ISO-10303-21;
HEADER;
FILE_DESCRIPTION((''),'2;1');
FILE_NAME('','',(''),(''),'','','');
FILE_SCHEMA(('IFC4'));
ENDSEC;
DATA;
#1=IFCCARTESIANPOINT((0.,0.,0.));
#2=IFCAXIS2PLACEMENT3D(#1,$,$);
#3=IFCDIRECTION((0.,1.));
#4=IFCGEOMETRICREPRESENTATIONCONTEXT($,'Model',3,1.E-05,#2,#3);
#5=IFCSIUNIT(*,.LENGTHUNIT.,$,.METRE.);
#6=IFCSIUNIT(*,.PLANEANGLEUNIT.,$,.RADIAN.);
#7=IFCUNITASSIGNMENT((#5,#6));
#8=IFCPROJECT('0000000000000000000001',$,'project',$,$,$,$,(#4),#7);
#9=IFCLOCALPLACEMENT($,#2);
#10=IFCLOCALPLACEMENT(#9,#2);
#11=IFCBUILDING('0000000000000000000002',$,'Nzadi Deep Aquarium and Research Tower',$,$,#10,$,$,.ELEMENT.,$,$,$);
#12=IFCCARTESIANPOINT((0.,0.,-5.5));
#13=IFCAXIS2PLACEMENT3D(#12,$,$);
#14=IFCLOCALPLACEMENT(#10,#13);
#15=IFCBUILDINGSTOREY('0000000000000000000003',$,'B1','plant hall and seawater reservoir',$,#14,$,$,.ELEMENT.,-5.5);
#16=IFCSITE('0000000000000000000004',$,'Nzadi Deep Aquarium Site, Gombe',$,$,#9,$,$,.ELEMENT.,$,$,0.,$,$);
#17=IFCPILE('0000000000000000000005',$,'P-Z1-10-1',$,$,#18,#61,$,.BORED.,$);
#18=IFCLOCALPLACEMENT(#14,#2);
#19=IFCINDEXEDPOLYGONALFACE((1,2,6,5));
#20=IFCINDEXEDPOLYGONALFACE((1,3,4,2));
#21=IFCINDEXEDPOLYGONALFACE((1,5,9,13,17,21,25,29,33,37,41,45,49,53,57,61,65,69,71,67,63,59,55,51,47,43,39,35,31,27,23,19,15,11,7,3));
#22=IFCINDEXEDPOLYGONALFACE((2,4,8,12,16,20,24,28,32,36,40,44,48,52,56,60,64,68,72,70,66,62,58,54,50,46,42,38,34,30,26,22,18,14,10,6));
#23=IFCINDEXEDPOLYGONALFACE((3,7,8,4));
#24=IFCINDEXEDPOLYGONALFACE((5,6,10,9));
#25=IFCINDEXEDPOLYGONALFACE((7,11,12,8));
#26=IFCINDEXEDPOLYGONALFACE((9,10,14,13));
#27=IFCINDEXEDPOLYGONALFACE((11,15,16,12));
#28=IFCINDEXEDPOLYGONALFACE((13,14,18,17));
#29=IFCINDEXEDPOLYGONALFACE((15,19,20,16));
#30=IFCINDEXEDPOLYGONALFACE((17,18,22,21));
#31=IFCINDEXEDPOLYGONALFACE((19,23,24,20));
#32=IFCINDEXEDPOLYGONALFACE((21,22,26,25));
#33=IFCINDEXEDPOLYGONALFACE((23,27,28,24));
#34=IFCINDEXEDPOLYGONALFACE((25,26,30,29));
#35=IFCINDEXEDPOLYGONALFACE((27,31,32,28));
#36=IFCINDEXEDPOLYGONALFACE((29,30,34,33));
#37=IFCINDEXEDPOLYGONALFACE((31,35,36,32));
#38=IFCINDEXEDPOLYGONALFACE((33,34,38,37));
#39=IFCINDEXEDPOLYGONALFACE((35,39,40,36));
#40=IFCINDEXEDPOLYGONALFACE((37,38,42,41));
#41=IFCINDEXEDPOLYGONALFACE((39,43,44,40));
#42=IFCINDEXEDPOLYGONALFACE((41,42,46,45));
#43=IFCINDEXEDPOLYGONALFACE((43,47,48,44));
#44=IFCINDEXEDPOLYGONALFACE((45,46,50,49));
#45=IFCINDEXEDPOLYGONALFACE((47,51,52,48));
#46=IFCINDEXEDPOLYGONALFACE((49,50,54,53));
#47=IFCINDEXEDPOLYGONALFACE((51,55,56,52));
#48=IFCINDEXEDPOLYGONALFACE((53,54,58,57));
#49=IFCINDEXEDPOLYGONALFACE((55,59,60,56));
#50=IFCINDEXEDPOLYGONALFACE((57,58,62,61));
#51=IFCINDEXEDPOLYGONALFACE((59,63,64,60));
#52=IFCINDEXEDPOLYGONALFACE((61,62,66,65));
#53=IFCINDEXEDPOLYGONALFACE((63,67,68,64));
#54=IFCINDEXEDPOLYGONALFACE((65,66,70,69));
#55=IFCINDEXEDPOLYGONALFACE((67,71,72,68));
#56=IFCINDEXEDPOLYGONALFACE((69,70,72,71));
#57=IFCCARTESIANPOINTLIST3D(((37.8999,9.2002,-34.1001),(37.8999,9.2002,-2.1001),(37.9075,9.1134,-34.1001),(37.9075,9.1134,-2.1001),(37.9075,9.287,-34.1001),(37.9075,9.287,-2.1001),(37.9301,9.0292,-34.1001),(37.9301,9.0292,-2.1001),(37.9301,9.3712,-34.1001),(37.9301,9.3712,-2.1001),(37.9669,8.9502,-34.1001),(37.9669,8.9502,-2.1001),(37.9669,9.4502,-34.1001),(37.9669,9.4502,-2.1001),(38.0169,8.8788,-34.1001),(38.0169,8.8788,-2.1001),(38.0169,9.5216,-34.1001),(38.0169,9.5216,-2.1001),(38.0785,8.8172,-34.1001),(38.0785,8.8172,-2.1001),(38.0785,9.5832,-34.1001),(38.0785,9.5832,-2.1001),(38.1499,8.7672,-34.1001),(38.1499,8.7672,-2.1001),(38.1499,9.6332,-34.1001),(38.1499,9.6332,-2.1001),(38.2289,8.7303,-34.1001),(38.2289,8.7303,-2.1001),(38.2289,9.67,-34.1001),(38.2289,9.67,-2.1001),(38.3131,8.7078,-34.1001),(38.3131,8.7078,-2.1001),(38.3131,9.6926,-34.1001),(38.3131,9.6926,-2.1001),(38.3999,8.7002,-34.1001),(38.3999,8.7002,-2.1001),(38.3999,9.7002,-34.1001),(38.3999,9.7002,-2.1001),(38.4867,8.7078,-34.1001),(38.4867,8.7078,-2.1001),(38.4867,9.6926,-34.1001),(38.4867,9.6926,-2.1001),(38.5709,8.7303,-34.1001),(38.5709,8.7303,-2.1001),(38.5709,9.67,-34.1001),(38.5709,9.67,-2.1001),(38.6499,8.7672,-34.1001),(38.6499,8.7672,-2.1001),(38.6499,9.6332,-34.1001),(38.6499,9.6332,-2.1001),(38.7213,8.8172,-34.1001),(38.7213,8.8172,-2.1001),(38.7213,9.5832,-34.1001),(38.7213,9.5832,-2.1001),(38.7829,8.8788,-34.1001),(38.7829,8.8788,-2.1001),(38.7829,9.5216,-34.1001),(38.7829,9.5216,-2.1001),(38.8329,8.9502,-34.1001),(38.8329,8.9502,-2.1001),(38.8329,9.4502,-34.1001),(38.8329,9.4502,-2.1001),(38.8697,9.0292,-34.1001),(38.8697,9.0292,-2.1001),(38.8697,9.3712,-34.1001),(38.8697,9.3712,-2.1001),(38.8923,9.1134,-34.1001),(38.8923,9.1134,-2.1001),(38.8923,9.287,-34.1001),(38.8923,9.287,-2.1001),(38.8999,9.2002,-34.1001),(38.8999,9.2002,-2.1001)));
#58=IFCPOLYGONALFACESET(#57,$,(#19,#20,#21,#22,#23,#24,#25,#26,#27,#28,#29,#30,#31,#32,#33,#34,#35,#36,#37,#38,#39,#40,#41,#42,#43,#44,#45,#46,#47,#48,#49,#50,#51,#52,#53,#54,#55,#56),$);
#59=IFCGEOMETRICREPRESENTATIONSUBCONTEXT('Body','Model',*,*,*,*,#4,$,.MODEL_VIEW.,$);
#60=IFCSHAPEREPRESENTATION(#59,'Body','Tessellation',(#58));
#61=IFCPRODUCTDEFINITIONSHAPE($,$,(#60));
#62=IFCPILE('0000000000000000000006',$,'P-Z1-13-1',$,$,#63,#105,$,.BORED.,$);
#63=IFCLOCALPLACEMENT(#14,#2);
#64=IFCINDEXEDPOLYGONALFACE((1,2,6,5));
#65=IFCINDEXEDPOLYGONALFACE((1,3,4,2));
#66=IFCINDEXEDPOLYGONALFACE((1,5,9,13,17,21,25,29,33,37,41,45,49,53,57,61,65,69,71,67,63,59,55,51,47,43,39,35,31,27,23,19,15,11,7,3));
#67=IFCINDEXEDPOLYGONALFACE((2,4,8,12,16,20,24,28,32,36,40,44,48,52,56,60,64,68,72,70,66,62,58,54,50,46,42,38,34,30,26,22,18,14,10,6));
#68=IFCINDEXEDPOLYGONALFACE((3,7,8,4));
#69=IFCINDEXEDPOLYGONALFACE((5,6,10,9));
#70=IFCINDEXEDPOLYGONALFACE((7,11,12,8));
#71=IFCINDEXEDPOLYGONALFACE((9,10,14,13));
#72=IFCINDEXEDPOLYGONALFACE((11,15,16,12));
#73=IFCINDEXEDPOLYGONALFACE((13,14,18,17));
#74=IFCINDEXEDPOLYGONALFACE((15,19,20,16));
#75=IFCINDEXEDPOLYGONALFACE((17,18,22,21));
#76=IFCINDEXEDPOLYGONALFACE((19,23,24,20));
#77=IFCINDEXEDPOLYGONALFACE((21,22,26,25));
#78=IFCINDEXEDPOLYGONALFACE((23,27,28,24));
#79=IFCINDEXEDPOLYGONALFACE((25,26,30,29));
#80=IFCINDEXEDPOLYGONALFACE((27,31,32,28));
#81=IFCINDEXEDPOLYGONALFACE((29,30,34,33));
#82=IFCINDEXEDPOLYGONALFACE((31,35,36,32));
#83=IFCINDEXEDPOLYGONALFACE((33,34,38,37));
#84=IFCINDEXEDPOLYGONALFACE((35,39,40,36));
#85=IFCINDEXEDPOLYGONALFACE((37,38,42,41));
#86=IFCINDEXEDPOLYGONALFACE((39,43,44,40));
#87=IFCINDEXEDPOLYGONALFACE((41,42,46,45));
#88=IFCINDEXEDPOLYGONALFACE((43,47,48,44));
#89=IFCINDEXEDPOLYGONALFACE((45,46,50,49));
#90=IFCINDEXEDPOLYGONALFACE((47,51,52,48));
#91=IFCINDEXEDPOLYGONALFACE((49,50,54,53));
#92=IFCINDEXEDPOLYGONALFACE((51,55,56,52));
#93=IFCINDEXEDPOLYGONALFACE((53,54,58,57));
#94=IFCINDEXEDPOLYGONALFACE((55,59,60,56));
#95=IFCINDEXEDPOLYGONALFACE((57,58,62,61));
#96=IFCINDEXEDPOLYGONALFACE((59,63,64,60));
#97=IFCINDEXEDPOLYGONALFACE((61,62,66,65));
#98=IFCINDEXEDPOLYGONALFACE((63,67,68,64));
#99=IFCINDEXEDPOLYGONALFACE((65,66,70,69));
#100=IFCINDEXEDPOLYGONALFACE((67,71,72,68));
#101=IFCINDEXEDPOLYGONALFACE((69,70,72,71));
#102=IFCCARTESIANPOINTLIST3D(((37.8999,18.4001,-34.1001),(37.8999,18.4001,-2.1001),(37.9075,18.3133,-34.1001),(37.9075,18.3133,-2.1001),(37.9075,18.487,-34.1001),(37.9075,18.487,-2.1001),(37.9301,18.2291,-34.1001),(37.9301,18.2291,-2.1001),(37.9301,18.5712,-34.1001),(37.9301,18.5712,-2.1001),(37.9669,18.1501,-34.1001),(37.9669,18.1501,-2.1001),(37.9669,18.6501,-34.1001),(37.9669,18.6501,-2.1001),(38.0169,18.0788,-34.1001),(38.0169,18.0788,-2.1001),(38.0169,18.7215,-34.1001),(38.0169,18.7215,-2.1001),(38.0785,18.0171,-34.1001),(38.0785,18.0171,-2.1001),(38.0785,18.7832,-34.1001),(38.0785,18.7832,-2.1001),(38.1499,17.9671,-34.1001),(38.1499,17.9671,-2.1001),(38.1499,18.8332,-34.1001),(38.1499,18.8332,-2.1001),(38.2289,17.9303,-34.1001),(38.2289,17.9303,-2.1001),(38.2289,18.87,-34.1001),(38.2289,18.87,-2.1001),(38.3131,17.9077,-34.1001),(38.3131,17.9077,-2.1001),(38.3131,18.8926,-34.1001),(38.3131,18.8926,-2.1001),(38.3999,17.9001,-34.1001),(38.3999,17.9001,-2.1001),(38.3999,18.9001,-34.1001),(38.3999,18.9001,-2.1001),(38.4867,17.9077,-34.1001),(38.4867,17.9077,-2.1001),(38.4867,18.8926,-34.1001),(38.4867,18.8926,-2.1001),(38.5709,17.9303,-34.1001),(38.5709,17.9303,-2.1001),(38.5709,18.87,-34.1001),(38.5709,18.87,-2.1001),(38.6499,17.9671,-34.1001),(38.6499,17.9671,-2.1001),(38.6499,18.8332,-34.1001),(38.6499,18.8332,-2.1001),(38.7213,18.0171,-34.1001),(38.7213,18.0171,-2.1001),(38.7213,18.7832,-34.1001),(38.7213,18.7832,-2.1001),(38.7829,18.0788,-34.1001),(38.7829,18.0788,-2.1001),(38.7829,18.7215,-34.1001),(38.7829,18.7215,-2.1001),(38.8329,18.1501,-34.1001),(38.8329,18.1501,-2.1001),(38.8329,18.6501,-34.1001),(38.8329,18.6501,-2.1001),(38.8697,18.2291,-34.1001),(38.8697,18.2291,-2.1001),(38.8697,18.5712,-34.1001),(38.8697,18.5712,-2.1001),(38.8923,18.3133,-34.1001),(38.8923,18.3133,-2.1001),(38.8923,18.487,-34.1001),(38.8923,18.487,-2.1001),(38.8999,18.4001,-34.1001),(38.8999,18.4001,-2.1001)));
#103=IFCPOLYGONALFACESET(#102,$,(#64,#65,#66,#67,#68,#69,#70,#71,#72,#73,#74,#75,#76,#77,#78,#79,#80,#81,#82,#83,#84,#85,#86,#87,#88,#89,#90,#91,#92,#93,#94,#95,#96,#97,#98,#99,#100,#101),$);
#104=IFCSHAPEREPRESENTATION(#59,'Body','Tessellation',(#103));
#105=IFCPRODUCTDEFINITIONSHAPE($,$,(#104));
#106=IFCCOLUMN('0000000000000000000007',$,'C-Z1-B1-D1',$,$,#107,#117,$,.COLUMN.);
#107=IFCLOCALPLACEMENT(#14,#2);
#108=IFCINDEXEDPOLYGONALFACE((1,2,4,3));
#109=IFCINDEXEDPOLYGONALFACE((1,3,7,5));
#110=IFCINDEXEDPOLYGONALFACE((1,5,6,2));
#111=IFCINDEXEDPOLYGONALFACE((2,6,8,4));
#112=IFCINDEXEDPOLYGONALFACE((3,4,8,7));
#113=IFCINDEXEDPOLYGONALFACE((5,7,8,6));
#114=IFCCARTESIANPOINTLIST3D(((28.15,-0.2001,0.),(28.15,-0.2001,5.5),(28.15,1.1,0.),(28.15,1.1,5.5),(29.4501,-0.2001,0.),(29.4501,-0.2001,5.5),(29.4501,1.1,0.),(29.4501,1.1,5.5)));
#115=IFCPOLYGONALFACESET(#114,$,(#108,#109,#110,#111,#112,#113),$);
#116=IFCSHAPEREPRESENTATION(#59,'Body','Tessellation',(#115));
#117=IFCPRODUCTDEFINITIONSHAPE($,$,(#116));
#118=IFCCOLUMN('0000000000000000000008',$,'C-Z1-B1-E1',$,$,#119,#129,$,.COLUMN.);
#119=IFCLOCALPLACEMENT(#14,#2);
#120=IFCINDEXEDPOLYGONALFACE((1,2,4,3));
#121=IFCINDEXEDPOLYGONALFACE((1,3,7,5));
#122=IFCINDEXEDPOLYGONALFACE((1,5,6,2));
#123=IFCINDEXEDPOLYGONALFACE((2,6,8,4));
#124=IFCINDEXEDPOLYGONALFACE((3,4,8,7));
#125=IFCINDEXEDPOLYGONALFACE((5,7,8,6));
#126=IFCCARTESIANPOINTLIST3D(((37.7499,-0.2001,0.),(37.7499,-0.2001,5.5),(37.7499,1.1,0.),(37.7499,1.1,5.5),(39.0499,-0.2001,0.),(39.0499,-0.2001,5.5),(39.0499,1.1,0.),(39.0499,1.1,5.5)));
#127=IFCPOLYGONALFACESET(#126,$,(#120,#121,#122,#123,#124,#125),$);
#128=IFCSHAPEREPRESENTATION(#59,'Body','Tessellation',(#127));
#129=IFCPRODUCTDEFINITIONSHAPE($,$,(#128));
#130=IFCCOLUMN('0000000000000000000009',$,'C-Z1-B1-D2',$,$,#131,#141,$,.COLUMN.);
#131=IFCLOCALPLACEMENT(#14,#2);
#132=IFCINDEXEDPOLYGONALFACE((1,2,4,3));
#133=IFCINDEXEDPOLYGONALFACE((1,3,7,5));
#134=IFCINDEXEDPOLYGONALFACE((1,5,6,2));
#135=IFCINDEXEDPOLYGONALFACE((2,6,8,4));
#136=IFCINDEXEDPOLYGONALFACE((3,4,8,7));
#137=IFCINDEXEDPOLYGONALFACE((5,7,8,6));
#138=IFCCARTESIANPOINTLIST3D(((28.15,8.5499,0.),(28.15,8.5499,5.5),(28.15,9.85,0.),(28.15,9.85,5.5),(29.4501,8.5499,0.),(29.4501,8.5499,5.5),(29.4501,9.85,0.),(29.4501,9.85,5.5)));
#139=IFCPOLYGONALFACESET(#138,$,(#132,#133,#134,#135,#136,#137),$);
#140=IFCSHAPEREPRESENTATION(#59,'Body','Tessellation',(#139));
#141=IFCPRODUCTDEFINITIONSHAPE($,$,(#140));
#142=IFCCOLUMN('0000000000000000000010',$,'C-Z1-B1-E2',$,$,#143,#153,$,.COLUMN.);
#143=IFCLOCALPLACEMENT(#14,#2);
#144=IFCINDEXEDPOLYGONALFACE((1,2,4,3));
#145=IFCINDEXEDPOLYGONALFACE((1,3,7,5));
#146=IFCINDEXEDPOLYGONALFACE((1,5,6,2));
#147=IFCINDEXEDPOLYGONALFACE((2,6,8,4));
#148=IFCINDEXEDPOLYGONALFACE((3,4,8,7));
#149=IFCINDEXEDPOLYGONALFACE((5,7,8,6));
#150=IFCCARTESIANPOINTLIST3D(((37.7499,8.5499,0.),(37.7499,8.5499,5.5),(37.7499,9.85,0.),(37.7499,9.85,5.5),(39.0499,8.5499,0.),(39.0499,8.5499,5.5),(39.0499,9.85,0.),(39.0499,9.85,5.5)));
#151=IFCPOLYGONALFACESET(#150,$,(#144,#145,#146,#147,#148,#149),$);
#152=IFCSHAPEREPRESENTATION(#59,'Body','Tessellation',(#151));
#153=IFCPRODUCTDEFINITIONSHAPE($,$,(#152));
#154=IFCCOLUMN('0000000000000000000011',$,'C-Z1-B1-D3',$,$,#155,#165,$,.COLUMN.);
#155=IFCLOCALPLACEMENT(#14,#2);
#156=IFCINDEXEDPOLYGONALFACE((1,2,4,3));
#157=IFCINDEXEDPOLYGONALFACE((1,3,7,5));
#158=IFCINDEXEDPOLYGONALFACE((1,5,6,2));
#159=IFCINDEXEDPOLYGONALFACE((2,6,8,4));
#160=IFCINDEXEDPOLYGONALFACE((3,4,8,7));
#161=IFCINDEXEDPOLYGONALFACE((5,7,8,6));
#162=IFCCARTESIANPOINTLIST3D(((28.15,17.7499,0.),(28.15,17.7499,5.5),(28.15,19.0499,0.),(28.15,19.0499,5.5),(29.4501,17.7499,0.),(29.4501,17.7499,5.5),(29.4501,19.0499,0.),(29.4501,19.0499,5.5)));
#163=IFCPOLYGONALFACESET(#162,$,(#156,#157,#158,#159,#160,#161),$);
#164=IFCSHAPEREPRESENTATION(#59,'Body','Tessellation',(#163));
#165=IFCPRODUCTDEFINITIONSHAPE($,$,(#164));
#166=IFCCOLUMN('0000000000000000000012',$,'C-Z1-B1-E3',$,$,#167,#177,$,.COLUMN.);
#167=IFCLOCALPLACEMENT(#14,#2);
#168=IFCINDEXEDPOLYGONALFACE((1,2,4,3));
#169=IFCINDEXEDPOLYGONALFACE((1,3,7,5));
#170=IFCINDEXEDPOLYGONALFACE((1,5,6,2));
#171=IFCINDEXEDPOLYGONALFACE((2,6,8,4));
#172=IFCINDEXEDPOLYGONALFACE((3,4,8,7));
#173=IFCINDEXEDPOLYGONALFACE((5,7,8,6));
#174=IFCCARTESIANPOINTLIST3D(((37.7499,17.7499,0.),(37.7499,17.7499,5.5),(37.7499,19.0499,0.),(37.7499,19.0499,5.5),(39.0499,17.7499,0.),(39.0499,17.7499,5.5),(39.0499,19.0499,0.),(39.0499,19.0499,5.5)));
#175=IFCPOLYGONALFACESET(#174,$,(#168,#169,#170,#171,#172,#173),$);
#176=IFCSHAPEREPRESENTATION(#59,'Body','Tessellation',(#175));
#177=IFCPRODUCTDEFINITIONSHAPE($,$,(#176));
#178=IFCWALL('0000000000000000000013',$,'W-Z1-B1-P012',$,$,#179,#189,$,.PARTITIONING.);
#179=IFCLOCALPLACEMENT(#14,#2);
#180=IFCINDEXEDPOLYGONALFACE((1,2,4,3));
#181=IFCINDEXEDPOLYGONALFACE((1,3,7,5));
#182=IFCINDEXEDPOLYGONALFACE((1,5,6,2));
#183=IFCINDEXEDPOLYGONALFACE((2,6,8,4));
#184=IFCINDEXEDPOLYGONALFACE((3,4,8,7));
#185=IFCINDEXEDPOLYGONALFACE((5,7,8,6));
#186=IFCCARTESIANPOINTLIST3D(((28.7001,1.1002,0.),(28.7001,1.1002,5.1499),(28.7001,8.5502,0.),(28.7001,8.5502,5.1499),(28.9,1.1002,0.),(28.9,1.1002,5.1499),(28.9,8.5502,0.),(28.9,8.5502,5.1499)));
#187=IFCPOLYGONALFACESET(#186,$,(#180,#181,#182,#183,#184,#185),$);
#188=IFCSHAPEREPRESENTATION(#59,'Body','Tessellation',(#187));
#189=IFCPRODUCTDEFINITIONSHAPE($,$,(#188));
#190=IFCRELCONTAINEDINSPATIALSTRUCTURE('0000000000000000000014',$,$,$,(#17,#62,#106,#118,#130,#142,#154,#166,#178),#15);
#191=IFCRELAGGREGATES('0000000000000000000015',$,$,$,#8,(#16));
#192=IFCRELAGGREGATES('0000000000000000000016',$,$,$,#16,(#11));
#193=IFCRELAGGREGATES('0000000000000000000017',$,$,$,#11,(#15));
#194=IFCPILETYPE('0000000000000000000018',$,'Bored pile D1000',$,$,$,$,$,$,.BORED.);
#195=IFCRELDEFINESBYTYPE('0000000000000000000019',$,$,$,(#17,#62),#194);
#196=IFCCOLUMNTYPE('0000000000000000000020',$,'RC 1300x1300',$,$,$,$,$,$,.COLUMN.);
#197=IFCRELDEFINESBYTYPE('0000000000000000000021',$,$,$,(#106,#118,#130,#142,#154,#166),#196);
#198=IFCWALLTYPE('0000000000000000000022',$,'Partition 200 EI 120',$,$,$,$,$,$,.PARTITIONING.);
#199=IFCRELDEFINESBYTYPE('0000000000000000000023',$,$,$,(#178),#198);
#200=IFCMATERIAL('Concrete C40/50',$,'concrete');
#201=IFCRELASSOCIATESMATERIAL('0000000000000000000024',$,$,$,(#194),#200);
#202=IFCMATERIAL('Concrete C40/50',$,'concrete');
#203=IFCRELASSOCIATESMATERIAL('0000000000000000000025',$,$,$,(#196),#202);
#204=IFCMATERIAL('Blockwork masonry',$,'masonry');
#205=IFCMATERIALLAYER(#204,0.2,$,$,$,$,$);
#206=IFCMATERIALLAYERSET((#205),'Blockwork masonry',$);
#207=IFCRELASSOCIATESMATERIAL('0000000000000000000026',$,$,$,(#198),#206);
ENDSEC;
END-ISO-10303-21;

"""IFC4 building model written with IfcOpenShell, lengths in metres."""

from ifc_helpers import new_model, si_unit, direction, frame, frame_2d, origin, origin_2d, place, context, subcontext, project, spatial, rectangle, circle, extrude, material, layer, layer_set, material_profile, profile_set, type_object, element, save


model = new_model("IFC4")

# Units and contexts
model_context = context("Model", 3, precision=1e-05, world=origin(), true_north=direction((0.0, 1.0)))
body_context = subcontext(model_context, "Body", "Model", "MODEL_VIEW")
ifc_project = project(units=[si_unit("LENGTHUNIT", "METRE"), si_unit("PLANEANGLEUNIT", "RADIAN")], contexts=[model_context])

# Site, building, storey
site_placement = place(None, origin())
site = spatial("IfcSite", under=ifc_project, at=site_placement, Name="Nzadi Deep Aquarium Site, Gombe", CompositionType="ELEMENT", RefElevation=0.0)
building_placement = place(site_placement, origin())
building = spatial("IfcBuilding", under=site, at=building_placement, Name="Nzadi Deep Aquarium and Research Tower", CompositionType="ELEMENT")
storey_placement = place(building_placement, frame((0.0, 0.0, -5.5)))
storey = spatial("IfcBuildingStorey", under=building, at=storey_placement, Name="B1", Description="plant hall and seawater reservoir", CompositionType="ELEMENT", Elevation=-5.5)

# Piles
ifc_material_1 = material(Name="Concrete C40/50", Category="concrete")
ifc_material_profile_1 = material_profile(ifc_material_1, circle(Radius=0.5, at=origin_2d()))
ifc_profile_set_1 = profile_set([ifc_material_profile_1], Name="Concrete C40/50")
pile_type = type_object("IfcPileType", Name="Bored pile D1000", PredefinedType="BORED", material=ifc_profile_set_1)
for number, where, z_axis, x_axis, name in (
    (1, (38.3999, 9.2002, -2.1001), (0.0, 0.0, -1.0), (1.0, 0.0, 0.0), "P-Z1-10-1"),
    (2, (38.3999, 18.4001, -2.1001), (0.0, 0.0, -1.0), (1.0, 0.0, 0.0), "P-Z1-13-1"),
):
    element("IfcPile", number, at=place(storey_placement, frame(where, z_axis=z_axis, x_axis=x_axis)), inside=storey, type_object=pile_type, Name=name, PredefinedType="BORED", context=body_context, shape_type="SweptSolid", body=[
        extrude(circle(Radius=0.5, at=origin_2d()), origin(), (0.0, 0.0, 1.0), 32.0),
    ])

# Columns
ifc_material_2 = material(Name="Concrete C40/50", Category="concrete")
ifc_material_profile_2 = material_profile(ifc_material_2, rectangle(XDim=1.3, YDim=1.3, at=origin_2d()))
ifc_profile_set_2 = profile_set([ifc_material_profile_2], Name="Concrete C40/50")
column_type = type_object("IfcColumnType", Name="RC 1300x1300", PredefinedType="COLUMN", material=ifc_profile_set_2)
for number, where, z_axis, x_axis, name in (
    (3, (28.8, 0.45, 0.0), (0.0, 0.0, 1.0), (1.0, 0.0, 0.0), "C-Z1-B1-D1"),
    (4, (38.3999, 0.45, 0.0), (0.0, 0.0, 1.0), (1.0, 0.0, 0.0), "C-Z1-B1-E1"),
    (5, (28.8, 9.2, 0.0), (0.0, 0.0, 1.0), (1.0, 0.0, 0.0), "C-Z1-B1-D2"),
    (6, (38.3999, 9.2, 0.0), (0.0, 0.0, 1.0), (1.0, 0.0, 0.0), "C-Z1-B1-E2"),
    (7, (28.8, 18.3999, 0.0), (0.0, 0.0, 1.0), (1.0, 0.0, 0.0), "C-Z1-B1-D3"),
    (8, (38.3999, 18.3999, 0.0), (0.0, 0.0, 1.0), (1.0, 0.0, 0.0), "C-Z1-B1-E3"),
):
    element("IfcColumn", number, at=place(storey_placement, frame(where, z_axis=z_axis, x_axis=x_axis)), inside=storey, type_object=column_type, Name=name, PredefinedType="COLUMN", context=body_context, shape_type="SweptSolid", body=[
        extrude(rectangle(XDim=1.3, YDim=1.3, at=origin_2d()), origin(), (0.0, 0.0, 1.0), 5.5),
    ])

# Wall
ifc_material_3 = material(Name="Blockwork masonry", Category="masonry")
ifc_layer_1 = layer(ifc_material_3, 0.2)
ifc_layer_set_1 = layer_set([ifc_layer_1], Name="Blockwork masonry")
wall_type_1 = type_object("IfcWallType", Name="Partition 200 EI 120", PredefinedType="PARTITIONING", material=ifc_layer_set_1)
wall_1_placement = place(storey_placement, frame((28.8, 1.1001, 0.0), z_axis=(0.0, 0.0, 1.0), x_axis=(0.0, 1.0, 0.0)))
element("IfcWall", 9, at=wall_1_placement, inside=storey, type_object=wall_type_1, Name="W-Z1-B1-P012", PredefinedType="PARTITIONING", context=body_context, shape_type="SweptSolid", body=[
    extrude(rectangle(XDim=7.45, YDim=0.2, at=frame_2d((3.7251, 0.0))), origin(), (0.0, 0.0, 1.0), 5.1499),
])

save(model, "model.ifc")
